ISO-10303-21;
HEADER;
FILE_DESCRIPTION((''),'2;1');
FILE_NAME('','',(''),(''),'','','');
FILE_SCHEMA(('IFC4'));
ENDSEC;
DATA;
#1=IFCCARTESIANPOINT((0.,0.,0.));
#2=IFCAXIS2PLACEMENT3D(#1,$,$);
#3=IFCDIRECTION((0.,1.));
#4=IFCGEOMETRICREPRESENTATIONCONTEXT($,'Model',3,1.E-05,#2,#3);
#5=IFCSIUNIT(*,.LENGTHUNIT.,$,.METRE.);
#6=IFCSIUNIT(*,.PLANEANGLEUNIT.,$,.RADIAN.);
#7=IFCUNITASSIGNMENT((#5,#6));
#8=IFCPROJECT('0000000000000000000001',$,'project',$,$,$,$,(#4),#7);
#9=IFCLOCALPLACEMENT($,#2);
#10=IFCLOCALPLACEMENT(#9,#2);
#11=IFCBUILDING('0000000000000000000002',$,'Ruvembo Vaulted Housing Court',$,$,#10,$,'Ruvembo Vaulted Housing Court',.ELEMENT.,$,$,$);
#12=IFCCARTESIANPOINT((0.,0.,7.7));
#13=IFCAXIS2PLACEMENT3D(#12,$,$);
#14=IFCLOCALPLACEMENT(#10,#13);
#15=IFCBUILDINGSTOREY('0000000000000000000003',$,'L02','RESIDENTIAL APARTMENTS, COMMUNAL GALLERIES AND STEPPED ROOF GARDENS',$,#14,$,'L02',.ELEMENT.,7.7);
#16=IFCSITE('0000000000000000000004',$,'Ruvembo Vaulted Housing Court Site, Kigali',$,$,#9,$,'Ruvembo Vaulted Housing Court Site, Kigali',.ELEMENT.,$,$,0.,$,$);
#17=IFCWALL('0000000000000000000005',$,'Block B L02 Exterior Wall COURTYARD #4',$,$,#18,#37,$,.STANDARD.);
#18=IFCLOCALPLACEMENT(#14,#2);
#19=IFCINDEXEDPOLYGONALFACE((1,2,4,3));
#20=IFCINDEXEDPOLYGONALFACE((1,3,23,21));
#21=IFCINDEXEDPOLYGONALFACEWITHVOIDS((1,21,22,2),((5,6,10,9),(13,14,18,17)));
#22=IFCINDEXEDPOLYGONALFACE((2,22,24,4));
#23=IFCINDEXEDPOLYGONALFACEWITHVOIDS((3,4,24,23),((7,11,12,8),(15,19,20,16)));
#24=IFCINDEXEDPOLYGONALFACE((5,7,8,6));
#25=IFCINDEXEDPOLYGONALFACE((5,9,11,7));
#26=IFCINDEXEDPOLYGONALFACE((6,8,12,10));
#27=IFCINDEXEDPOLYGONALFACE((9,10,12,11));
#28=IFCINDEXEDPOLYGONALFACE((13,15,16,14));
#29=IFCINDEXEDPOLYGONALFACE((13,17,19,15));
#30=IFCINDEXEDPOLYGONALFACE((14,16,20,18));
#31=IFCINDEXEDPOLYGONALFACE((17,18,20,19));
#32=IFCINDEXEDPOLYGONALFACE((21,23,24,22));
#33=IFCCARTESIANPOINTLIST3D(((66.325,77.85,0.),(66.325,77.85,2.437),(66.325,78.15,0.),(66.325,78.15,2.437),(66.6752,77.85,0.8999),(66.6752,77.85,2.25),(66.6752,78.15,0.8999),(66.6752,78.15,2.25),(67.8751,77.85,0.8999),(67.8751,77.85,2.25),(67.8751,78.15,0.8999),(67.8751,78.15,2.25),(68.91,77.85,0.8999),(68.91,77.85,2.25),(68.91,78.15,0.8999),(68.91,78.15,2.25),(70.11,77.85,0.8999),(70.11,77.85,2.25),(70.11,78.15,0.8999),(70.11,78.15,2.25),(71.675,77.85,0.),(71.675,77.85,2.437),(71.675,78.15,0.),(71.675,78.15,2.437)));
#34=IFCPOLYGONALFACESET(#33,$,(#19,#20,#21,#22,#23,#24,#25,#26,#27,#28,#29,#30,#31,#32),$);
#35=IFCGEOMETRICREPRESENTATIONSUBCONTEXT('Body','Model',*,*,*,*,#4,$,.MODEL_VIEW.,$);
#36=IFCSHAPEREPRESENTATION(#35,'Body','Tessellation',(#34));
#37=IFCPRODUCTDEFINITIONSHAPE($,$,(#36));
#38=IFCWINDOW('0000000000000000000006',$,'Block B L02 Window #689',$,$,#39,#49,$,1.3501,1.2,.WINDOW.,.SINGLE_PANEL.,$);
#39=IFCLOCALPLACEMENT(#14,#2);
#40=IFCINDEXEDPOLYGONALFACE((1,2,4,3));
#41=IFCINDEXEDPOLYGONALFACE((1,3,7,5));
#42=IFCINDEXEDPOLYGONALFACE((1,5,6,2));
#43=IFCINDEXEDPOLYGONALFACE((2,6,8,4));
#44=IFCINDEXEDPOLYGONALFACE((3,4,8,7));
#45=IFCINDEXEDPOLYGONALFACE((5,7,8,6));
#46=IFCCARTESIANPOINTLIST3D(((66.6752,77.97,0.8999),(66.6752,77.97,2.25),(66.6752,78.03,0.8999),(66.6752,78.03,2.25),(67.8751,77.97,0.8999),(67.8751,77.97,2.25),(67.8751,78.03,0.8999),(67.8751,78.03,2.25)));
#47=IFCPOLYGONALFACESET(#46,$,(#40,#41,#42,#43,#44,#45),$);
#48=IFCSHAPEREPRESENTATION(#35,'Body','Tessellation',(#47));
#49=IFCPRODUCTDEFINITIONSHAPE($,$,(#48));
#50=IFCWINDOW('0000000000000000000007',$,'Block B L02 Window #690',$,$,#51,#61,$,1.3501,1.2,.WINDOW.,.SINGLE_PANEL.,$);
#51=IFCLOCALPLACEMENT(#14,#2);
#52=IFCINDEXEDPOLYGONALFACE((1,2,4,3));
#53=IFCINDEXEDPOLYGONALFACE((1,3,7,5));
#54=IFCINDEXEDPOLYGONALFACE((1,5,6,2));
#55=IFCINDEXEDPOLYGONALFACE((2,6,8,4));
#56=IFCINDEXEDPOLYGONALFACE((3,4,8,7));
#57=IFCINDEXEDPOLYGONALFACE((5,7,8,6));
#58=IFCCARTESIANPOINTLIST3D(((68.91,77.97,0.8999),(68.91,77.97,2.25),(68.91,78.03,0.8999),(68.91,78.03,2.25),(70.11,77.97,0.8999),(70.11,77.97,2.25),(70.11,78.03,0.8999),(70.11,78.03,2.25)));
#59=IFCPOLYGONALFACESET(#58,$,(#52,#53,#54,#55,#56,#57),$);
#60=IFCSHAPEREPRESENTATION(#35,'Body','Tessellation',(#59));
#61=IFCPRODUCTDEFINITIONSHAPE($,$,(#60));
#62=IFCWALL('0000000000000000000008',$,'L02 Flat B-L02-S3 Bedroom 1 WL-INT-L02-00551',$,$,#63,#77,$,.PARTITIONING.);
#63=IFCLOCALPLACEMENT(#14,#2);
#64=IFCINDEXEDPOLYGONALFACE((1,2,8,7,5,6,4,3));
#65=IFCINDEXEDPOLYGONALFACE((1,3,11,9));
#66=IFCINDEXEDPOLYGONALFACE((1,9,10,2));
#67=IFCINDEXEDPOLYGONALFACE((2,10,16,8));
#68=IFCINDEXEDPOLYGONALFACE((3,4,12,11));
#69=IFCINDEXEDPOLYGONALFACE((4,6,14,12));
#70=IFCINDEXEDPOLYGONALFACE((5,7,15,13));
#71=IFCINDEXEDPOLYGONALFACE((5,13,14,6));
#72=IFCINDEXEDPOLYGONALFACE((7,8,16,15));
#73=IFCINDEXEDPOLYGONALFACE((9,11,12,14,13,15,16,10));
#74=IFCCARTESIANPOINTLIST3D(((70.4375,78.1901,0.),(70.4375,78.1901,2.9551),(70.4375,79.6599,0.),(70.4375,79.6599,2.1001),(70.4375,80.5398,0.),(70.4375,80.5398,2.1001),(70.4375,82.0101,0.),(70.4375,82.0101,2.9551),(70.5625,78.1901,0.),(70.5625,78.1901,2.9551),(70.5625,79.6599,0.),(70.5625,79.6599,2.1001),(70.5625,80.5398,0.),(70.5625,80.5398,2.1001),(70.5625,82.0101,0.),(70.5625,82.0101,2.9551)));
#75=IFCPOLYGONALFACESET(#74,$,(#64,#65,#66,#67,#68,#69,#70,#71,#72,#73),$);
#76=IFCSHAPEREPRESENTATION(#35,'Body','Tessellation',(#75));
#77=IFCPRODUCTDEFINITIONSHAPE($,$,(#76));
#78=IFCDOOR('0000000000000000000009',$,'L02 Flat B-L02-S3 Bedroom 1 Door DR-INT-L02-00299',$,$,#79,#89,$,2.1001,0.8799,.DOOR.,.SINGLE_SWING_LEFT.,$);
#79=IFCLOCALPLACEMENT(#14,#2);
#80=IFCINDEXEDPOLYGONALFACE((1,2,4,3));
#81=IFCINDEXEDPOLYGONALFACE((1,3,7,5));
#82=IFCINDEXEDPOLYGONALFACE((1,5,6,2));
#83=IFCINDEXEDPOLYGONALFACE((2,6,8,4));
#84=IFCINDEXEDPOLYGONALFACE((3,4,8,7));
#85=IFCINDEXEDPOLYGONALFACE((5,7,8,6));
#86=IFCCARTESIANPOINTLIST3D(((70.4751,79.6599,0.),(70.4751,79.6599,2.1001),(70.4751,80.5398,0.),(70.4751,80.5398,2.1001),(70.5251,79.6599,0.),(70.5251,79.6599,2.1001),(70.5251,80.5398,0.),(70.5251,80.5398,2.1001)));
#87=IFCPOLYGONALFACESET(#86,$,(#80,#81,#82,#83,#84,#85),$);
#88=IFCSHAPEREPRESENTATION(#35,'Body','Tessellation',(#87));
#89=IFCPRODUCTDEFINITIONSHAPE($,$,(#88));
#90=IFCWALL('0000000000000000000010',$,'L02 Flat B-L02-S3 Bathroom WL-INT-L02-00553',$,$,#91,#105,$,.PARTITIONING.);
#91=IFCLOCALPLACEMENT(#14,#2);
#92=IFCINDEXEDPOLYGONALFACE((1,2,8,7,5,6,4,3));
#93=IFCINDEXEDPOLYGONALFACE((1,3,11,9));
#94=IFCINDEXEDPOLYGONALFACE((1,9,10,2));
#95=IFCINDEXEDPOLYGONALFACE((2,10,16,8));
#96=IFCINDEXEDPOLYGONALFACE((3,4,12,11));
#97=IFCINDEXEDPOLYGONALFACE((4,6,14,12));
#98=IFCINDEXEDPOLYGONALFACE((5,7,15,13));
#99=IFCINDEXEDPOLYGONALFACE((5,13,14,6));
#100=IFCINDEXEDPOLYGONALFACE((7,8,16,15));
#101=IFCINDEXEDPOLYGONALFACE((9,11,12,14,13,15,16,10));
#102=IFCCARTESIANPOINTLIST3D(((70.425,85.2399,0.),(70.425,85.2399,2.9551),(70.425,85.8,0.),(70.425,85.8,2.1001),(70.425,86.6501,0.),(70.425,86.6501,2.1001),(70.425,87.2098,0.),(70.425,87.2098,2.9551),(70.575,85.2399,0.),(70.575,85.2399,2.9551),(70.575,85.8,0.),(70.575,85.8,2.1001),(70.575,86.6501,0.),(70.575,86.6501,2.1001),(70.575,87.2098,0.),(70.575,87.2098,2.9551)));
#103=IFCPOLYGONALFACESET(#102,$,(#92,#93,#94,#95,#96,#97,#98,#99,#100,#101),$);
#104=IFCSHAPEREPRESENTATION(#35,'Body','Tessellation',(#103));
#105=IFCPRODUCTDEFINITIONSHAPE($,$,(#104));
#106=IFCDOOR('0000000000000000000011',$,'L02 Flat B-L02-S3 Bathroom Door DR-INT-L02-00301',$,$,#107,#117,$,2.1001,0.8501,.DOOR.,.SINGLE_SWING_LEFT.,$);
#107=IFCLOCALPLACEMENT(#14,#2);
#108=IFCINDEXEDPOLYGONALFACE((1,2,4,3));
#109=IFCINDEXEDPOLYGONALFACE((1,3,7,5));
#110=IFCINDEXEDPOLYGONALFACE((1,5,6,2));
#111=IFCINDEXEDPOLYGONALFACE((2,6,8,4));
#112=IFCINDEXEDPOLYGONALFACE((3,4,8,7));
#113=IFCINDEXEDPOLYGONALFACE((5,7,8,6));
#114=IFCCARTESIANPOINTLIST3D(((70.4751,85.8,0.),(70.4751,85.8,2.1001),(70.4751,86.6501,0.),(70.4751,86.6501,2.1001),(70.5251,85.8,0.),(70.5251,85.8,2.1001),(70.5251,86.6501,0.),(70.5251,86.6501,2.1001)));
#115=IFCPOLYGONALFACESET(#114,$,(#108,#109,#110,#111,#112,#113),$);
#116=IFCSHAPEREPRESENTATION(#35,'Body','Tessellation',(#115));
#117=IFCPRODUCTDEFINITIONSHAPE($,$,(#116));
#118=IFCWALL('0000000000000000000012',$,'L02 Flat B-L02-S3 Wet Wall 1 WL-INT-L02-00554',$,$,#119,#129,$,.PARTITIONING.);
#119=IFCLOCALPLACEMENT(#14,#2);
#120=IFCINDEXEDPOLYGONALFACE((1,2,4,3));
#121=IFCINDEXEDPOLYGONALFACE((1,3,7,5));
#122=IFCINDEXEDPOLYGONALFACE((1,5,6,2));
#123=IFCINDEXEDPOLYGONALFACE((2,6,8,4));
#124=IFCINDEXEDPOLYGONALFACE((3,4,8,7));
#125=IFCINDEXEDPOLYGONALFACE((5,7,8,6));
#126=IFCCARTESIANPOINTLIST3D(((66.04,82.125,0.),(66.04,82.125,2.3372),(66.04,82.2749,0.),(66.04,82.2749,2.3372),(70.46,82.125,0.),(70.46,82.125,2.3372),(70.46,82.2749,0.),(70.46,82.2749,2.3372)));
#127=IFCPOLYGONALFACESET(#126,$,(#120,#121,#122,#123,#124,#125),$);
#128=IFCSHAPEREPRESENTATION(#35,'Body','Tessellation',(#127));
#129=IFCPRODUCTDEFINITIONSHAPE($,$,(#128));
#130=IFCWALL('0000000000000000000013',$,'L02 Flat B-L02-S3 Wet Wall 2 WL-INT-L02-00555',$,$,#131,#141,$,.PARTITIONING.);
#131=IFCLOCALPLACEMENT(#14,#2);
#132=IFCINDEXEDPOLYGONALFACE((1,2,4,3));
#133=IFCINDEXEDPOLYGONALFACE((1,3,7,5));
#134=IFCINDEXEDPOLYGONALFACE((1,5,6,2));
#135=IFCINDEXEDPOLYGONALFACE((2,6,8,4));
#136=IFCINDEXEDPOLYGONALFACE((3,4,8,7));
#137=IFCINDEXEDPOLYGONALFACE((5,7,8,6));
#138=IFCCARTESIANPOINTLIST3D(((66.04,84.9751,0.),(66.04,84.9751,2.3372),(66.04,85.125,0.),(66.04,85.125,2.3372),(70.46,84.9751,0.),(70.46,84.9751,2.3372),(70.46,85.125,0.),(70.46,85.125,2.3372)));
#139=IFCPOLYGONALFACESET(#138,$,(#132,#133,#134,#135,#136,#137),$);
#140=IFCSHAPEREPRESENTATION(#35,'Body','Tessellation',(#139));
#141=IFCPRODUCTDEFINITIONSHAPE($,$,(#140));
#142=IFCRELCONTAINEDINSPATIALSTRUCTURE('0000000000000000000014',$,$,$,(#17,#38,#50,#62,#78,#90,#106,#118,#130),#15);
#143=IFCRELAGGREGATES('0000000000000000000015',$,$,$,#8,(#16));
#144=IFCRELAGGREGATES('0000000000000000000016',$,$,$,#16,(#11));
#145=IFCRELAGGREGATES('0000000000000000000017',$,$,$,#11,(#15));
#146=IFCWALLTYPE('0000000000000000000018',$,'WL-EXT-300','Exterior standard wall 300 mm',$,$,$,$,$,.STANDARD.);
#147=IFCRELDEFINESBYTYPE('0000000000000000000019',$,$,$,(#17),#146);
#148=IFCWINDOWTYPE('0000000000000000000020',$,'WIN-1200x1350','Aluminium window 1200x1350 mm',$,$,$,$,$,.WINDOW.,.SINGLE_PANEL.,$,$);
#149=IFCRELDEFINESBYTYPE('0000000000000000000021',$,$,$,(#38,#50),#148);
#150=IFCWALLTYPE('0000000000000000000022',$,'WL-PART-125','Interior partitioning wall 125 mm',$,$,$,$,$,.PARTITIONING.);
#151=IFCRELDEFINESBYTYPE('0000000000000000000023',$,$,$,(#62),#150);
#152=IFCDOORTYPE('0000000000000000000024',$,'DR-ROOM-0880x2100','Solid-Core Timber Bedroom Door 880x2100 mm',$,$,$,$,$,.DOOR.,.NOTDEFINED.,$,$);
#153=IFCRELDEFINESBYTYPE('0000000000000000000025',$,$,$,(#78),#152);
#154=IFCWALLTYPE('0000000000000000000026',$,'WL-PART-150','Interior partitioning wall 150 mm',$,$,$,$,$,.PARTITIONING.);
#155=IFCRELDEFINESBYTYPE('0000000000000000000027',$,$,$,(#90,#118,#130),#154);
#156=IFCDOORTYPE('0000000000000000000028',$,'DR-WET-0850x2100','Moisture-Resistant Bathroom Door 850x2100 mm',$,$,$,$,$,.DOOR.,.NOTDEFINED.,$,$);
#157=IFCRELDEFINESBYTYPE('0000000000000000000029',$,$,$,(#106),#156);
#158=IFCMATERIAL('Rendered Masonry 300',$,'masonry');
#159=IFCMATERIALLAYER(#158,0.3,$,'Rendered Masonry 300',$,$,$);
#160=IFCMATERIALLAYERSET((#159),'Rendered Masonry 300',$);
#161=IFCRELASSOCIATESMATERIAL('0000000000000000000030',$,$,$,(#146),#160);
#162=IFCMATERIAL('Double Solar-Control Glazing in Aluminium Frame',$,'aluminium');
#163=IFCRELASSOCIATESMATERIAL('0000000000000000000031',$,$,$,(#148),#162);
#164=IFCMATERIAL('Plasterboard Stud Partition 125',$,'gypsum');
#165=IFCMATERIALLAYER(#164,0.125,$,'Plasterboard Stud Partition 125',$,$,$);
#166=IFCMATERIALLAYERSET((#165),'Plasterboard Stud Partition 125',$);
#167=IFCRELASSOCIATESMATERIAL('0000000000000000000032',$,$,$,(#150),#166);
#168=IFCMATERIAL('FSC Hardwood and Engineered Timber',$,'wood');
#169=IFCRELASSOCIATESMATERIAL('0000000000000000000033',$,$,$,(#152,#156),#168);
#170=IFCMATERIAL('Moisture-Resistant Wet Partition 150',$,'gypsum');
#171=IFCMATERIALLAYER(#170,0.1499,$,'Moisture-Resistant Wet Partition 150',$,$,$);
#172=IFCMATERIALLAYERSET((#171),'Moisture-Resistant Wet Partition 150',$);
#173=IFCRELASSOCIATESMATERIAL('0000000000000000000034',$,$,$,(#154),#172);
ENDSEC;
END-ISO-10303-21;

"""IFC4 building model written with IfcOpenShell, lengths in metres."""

from ifc_helpers import new_model, si_unit, direction, frame, frame_2d, origin, place, context, subcontext, project, spatial, rectangle, extrude, material, layer, layer_set, type_object, element, fill, save


model = new_model("IFC4")

# Units and contexts
model_context = context("Model", 3, precision=1e-05, world=origin(), true_north=direction((0.0, 1.0)))
body_context = subcontext(model_context, "Body", "Model", "MODEL_VIEW")
ifc_project = project(units=[si_unit("LENGTHUNIT", "METRE"), si_unit("PLANEANGLEUNIT", "RADIAN")], contexts=[model_context])

# Site, building, storey
site_placement = place(None, origin())
site = spatial("IfcSite", under=ifc_project, at=site_placement, Name="Ruvembo Vaulted Housing Court Site, Kigali", LongName="Ruvembo Vaulted Housing Court Site, Kigali", CompositionType="ELEMENT", RefElevation=0.0)
building_placement = place(site_placement, origin())
building = spatial("IfcBuilding", under=site, at=building_placement, Name="Ruvembo Vaulted Housing Court", LongName="Ruvembo Vaulted Housing Court", CompositionType="ELEMENT")
storey_placement = place(building_placement, frame((0.0, 0.0, 7.7)))
storey = spatial("IfcBuildingStorey", under=building, at=storey_placement, Name="L02", Description="RESIDENTIAL APARTMENTS, COMMUNAL GALLERIES AND STEPPED ROOF GARDENS", LongName="L02", CompositionType="ELEMENT", Elevation=7.7)

# Shared definitions
ifc_material_1 = material(Name="FSC Hardwood and Engineered Timber", Category="wood")

# Wall, openings, windows
ifc_material_2 = material(Name="Rendered Masonry 300", Category="masonry")
ifc_layer_1 = layer(ifc_material_2, 0.3, Name="Rendered Masonry 300")
ifc_layer_set_1 = layer_set([ifc_layer_1], Name="Rendered Masonry 300")
wall_type_1 = type_object("IfcWallType", Name="WL-EXT-300", Description="Exterior standard wall 300 mm", PredefinedType="STANDARD", material=ifc_layer_set_1)
wall_1_placement = place(storey_placement, frame((66.325, 78.0, 0.0), z_axis=(0.0, 0.0, 1.0), x_axis=(1.0, 0.0, 0.0)))
wall_1 = element("IfcWall", 1, at=wall_1_placement, inside=storey, type_object=wall_type_1, Name="Block B L02 Exterior Wall COURTYARD #4", PredefinedType="STANDARD", context=body_context, shape_type="SweptSolid", body=[
    extrude(rectangle(XDim=5.3501, YDim=0.3, at=frame_2d((2.675, 0.0))), origin(), (0.0, 0.0, 1.0), 2.437),
])
opening_1_placement = place(wall_1_placement, frame((0.3501, 0.0, 0.8999)))
opening_1 = element("IfcOpeningElement", 2, at=opening_1_placement, cuts=wall_1, PredefinedType="OPENING", context=body_context, shape_type="SweptSolid", body=[
    extrude(rectangle(XDim=1.2, YDim=1.3501, at=frame_2d((0.6001, 0.675))), frame((0.0, 0.1599, 0.0), z_axis=(0.0, -1.0, 0.0), x_axis=(1.0, 0.0, 0.0)), (0.0, 0.0, 1.0), 0.3201),
])
opening_2_placement = place(wall_1_placement, frame((2.585, 0.0, 0.8999)))
opening_2 = element("IfcOpeningElement", 3, at=opening_2_placement, cuts=wall_1, PredefinedType="OPENING", context=body_context, shape_type="SweptSolid", body=[
    extrude(rectangle(XDim=1.2, YDim=1.3501, at=frame_2d((0.6001, 0.675))), frame((0.0, 0.1599, 0.0), z_axis=(0.0, -1.0, 0.0), x_axis=(1.0, 0.0, 0.0)), (0.0, 0.0, 1.0), 0.3201),
])
ifc_material_3 = material(Name="Double Solar-Control Glazing in Aluminium Frame", Category="aluminium")
window_type = type_object("IfcWindowType", Name="WIN-1200x1350", Description="Aluminium window 1200x1350 mm", PartitioningType="SINGLE_PANEL", PredefinedType="WINDOW", material=ifc_material_3)
window_1_placement = place(opening_1_placement, origin())
window_1 = element("IfcWindow", 4, at=window_1_placement, inside=storey, type_object=window_type, Name="Block B L02 Window #689", OverallHeight=1.3501, OverallWidth=1.2, PartitioningType="SINGLE_PANEL", PredefinedType="WINDOW", context=body_context, shape_type="SweptSolid", body=[
    extrude(rectangle(XDim=1.2, YDim=1.3501, at=frame_2d((0.6001, 0.675))), frame((0.0, 0.03, 0.0), z_axis=(0.0, -1.0, 0.0), x_axis=(1.0, 0.0, 0.0)), (0.0, 0.0, 1.0), 0.0601),
])
fill(opening_1, window_1)
window_2_placement = place(opening_2_placement, origin())
window_2 = element("IfcWindow", 5, at=window_2_placement, inside=storey, type_object=window_type, Name="Block B L02 Window #690", OverallHeight=1.3501, OverallWidth=1.2, PartitioningType="SINGLE_PANEL", PredefinedType="WINDOW", context=body_context, shape_type="SweptSolid", body=[
    extrude(rectangle(XDim=1.2, YDim=1.3501, at=frame_2d((0.6001, 0.675))), frame((0.0, 0.03, 0.0), z_axis=(0.0, -1.0, 0.0), x_axis=(1.0, 0.0, 0.0)), (0.0, 0.0, 1.0), 0.0601),
])
fill(opening_2, window_2)

# Walls, openings, doors
ifc_material_4 = material(Name="Plasterboard Stud Partition 125", Category="gypsum")
ifc_layer_2 = layer(ifc_material_4, 0.125, Name="Plasterboard Stud Partition 125")
ifc_layer_set_2 = layer_set([ifc_layer_2], Name="Plasterboard Stud Partition 125")
wall_type_2 = type_object("IfcWallType", Name="WL-PART-125", Description="Interior partitioning wall 125 mm", PredefinedType="PARTITIONING", material=ifc_layer_set_2)
wall_2_placement = place(storey_placement, frame((70.5, 78.1899, 0.0), z_axis=(0.0, 0.0, 1.0), x_axis=(0.0, 1.0, 0.0)))
wall_2 = element("IfcWall", 6, at=wall_2_placement, inside=storey, type_object=wall_type_2, Name="L02 Flat B-L02-S3 Bedroom 1 WL-INT-L02-00551", PredefinedType="PARTITIONING", context=body_context, shape_type="SweptSolid", body=[
    extrude(rectangle(XDim=3.8201, YDim=0.125, at=frame_2d((1.9102, 0.0))), origin(), (0.0, 0.0, 1.0), 2.9551),
])
opening_3_placement = place(wall_2_placement, frame((1.47, 0.0, 0.0)))
opening_3 = element("IfcOpeningElement", 7, at=opening_3_placement, cuts=wall_2, PredefinedType="OPENING", context=body_context, shape_type="SweptSolid", body=[
    extrude(rectangle(XDim=0.8799, YDim=2.1001, at=frame_2d((0.4399, 1.05))), frame((0.0, 0.0725, 0.0), z_axis=(0.0, -1.0, 0.0), x_axis=(1.0, 0.0, 0.0)), (0.0, 0.0, 1.0), 0.145),
])
door_type_1 = type_object("IfcDoorType", Name="DR-ROOM-0880x2100", Description="Solid-Core Timber Bedroom Door 880x2100 mm", OperationType="NOTDEFINED", PredefinedType="DOOR", material=ifc_material_1)
door_1_placement = place(opening_3_placement, origin())
door_1 = element("IfcDoor", 8, at=door_1_placement, inside=storey, type_object=door_type_1, Name="L02 Flat B-L02-S3 Bedroom 1 Door DR-INT-L02-00299", OperationType="SINGLE_SWING_LEFT", OverallHeight=2.1001, OverallWidth=0.8799, PredefinedType="DOOR", context=body_context, shape_type="SweptSolid", body=[
    extrude(rectangle(XDim=0.8799, YDim=2.1001, at=frame_2d((0.4399, 1.05))), frame((0.0, 0.0249, 0.0), z_axis=(0.0, -1.0, 0.0), x_axis=(1.0, 0.0, 0.0)), (0.0, 0.0, 1.0), 0.05),
])
fill(opening_3, door_1)
ifc_material_5 = material(Name="Moisture-Resistant Wet Partition 150", Category="gypsum")
ifc_layer_3 = layer(ifc_material_5, 0.1499, Name="Moisture-Resistant Wet Partition 150")
ifc_layer_set_3 = layer_set([ifc_layer_3], Name="Moisture-Resistant Wet Partition 150")
wall_type_3 = type_object("IfcWallType", Name="WL-PART-150", Description="Interior partitioning wall 150 mm", PredefinedType="PARTITIONING", material=ifc_layer_set_3)
wall_3_placement = place(storey_placement, frame((70.5, 85.24, 0.0), z_axis=(0.0, 0.0, 1.0), x_axis=(0.0, 1.0, 0.0)))
wall_3 = element("IfcWall", 9, at=wall_3_placement, inside=storey, type_object=wall_type_3, Name="L02 Flat B-L02-S3 Bathroom WL-INT-L02-00553", PredefinedType="PARTITIONING", context=body_context, shape_type="SweptSolid", body=[
    extrude(rectangle(XDim=1.97, YDim=0.1499, at=frame_2d((0.9849, 0.0))), origin(), (0.0, 0.0, 1.0), 2.9551),
])
opening_4_placement = place(wall_3_placement, frame((0.5601, 0.0, 0.0)))
opening_4 = element("IfcOpeningElement", 10, at=opening_4_placement, cuts=wall_3, PredefinedType="OPENING", context=body_context, shape_type="SweptSolid", body=[
    extrude(rectangle(XDim=0.8501, YDim=2.1001, at=frame_2d((0.425, 1.05))), frame((0.0, 0.085, 0.0), z_axis=(0.0, -1.0, 0.0), x_axis=(1.0, 0.0, 0.0)), (0.0, 0.0, 1.0), 0.1699),
])
door_type_2 = type_object("IfcDoorType", Name="DR-WET-0850x2100", Description="Moisture-Resistant Bathroom Door 850x2100 mm", OperationType="NOTDEFINED", PredefinedType="DOOR", material=ifc_material_1)
door_2_placement = place(opening_4_placement, origin())
door_2 = element("IfcDoor", 11, at=door_2_placement, inside=storey, type_object=door_type_2, Name="L02 Flat B-L02-S3 Bathroom Door DR-INT-L02-00301", OperationType="SINGLE_SWING_LEFT", OverallHeight=2.1001, OverallWidth=0.8501, PredefinedType="DOOR", context=body_context, shape_type="SweptSolid", body=[
    extrude(rectangle(XDim=0.8501, YDim=2.1001, at=frame_2d((0.425, 1.05))), frame((0.0, 0.0249, 0.0), z_axis=(0.0, -1.0, 0.0), x_axis=(1.0, 0.0, 0.0)), (0.0, 0.0, 1.0), 0.05),
])
fill(opening_4, door_2)

# Walls
for number, where, z_axis, x_axis, name in (
    (12, (66.04, 82.2, 0.0), (0.0, 0.0, 1.0), (1.0, 0.0, 0.0), "L02 Flat B-L02-S3 Wet Wall 1 WL-INT-L02-00554"),
    (13, (66.04, 85.05, 0.0), (0.0, 0.0, 1.0), (1.0, 0.0, 0.0), "L02 Flat B-L02-S3 Wet Wall 2 WL-INT-L02-00555"),
):
    element("IfcWall", number, at=place(storey_placement, frame(where, z_axis=z_axis, x_axis=x_axis)), inside=storey, type_object=wall_type_3, Name=name, PredefinedType="PARTITIONING", context=body_context, shape_type="SweptSolid", body=[
        extrude(rectangle(XDim=4.4199, YDim=0.1499, at=frame_2d((2.21, 0.0))), origin(), (0.0, 0.0, 1.0), 2.3372),
    ])

save(model, "model.ifc")
